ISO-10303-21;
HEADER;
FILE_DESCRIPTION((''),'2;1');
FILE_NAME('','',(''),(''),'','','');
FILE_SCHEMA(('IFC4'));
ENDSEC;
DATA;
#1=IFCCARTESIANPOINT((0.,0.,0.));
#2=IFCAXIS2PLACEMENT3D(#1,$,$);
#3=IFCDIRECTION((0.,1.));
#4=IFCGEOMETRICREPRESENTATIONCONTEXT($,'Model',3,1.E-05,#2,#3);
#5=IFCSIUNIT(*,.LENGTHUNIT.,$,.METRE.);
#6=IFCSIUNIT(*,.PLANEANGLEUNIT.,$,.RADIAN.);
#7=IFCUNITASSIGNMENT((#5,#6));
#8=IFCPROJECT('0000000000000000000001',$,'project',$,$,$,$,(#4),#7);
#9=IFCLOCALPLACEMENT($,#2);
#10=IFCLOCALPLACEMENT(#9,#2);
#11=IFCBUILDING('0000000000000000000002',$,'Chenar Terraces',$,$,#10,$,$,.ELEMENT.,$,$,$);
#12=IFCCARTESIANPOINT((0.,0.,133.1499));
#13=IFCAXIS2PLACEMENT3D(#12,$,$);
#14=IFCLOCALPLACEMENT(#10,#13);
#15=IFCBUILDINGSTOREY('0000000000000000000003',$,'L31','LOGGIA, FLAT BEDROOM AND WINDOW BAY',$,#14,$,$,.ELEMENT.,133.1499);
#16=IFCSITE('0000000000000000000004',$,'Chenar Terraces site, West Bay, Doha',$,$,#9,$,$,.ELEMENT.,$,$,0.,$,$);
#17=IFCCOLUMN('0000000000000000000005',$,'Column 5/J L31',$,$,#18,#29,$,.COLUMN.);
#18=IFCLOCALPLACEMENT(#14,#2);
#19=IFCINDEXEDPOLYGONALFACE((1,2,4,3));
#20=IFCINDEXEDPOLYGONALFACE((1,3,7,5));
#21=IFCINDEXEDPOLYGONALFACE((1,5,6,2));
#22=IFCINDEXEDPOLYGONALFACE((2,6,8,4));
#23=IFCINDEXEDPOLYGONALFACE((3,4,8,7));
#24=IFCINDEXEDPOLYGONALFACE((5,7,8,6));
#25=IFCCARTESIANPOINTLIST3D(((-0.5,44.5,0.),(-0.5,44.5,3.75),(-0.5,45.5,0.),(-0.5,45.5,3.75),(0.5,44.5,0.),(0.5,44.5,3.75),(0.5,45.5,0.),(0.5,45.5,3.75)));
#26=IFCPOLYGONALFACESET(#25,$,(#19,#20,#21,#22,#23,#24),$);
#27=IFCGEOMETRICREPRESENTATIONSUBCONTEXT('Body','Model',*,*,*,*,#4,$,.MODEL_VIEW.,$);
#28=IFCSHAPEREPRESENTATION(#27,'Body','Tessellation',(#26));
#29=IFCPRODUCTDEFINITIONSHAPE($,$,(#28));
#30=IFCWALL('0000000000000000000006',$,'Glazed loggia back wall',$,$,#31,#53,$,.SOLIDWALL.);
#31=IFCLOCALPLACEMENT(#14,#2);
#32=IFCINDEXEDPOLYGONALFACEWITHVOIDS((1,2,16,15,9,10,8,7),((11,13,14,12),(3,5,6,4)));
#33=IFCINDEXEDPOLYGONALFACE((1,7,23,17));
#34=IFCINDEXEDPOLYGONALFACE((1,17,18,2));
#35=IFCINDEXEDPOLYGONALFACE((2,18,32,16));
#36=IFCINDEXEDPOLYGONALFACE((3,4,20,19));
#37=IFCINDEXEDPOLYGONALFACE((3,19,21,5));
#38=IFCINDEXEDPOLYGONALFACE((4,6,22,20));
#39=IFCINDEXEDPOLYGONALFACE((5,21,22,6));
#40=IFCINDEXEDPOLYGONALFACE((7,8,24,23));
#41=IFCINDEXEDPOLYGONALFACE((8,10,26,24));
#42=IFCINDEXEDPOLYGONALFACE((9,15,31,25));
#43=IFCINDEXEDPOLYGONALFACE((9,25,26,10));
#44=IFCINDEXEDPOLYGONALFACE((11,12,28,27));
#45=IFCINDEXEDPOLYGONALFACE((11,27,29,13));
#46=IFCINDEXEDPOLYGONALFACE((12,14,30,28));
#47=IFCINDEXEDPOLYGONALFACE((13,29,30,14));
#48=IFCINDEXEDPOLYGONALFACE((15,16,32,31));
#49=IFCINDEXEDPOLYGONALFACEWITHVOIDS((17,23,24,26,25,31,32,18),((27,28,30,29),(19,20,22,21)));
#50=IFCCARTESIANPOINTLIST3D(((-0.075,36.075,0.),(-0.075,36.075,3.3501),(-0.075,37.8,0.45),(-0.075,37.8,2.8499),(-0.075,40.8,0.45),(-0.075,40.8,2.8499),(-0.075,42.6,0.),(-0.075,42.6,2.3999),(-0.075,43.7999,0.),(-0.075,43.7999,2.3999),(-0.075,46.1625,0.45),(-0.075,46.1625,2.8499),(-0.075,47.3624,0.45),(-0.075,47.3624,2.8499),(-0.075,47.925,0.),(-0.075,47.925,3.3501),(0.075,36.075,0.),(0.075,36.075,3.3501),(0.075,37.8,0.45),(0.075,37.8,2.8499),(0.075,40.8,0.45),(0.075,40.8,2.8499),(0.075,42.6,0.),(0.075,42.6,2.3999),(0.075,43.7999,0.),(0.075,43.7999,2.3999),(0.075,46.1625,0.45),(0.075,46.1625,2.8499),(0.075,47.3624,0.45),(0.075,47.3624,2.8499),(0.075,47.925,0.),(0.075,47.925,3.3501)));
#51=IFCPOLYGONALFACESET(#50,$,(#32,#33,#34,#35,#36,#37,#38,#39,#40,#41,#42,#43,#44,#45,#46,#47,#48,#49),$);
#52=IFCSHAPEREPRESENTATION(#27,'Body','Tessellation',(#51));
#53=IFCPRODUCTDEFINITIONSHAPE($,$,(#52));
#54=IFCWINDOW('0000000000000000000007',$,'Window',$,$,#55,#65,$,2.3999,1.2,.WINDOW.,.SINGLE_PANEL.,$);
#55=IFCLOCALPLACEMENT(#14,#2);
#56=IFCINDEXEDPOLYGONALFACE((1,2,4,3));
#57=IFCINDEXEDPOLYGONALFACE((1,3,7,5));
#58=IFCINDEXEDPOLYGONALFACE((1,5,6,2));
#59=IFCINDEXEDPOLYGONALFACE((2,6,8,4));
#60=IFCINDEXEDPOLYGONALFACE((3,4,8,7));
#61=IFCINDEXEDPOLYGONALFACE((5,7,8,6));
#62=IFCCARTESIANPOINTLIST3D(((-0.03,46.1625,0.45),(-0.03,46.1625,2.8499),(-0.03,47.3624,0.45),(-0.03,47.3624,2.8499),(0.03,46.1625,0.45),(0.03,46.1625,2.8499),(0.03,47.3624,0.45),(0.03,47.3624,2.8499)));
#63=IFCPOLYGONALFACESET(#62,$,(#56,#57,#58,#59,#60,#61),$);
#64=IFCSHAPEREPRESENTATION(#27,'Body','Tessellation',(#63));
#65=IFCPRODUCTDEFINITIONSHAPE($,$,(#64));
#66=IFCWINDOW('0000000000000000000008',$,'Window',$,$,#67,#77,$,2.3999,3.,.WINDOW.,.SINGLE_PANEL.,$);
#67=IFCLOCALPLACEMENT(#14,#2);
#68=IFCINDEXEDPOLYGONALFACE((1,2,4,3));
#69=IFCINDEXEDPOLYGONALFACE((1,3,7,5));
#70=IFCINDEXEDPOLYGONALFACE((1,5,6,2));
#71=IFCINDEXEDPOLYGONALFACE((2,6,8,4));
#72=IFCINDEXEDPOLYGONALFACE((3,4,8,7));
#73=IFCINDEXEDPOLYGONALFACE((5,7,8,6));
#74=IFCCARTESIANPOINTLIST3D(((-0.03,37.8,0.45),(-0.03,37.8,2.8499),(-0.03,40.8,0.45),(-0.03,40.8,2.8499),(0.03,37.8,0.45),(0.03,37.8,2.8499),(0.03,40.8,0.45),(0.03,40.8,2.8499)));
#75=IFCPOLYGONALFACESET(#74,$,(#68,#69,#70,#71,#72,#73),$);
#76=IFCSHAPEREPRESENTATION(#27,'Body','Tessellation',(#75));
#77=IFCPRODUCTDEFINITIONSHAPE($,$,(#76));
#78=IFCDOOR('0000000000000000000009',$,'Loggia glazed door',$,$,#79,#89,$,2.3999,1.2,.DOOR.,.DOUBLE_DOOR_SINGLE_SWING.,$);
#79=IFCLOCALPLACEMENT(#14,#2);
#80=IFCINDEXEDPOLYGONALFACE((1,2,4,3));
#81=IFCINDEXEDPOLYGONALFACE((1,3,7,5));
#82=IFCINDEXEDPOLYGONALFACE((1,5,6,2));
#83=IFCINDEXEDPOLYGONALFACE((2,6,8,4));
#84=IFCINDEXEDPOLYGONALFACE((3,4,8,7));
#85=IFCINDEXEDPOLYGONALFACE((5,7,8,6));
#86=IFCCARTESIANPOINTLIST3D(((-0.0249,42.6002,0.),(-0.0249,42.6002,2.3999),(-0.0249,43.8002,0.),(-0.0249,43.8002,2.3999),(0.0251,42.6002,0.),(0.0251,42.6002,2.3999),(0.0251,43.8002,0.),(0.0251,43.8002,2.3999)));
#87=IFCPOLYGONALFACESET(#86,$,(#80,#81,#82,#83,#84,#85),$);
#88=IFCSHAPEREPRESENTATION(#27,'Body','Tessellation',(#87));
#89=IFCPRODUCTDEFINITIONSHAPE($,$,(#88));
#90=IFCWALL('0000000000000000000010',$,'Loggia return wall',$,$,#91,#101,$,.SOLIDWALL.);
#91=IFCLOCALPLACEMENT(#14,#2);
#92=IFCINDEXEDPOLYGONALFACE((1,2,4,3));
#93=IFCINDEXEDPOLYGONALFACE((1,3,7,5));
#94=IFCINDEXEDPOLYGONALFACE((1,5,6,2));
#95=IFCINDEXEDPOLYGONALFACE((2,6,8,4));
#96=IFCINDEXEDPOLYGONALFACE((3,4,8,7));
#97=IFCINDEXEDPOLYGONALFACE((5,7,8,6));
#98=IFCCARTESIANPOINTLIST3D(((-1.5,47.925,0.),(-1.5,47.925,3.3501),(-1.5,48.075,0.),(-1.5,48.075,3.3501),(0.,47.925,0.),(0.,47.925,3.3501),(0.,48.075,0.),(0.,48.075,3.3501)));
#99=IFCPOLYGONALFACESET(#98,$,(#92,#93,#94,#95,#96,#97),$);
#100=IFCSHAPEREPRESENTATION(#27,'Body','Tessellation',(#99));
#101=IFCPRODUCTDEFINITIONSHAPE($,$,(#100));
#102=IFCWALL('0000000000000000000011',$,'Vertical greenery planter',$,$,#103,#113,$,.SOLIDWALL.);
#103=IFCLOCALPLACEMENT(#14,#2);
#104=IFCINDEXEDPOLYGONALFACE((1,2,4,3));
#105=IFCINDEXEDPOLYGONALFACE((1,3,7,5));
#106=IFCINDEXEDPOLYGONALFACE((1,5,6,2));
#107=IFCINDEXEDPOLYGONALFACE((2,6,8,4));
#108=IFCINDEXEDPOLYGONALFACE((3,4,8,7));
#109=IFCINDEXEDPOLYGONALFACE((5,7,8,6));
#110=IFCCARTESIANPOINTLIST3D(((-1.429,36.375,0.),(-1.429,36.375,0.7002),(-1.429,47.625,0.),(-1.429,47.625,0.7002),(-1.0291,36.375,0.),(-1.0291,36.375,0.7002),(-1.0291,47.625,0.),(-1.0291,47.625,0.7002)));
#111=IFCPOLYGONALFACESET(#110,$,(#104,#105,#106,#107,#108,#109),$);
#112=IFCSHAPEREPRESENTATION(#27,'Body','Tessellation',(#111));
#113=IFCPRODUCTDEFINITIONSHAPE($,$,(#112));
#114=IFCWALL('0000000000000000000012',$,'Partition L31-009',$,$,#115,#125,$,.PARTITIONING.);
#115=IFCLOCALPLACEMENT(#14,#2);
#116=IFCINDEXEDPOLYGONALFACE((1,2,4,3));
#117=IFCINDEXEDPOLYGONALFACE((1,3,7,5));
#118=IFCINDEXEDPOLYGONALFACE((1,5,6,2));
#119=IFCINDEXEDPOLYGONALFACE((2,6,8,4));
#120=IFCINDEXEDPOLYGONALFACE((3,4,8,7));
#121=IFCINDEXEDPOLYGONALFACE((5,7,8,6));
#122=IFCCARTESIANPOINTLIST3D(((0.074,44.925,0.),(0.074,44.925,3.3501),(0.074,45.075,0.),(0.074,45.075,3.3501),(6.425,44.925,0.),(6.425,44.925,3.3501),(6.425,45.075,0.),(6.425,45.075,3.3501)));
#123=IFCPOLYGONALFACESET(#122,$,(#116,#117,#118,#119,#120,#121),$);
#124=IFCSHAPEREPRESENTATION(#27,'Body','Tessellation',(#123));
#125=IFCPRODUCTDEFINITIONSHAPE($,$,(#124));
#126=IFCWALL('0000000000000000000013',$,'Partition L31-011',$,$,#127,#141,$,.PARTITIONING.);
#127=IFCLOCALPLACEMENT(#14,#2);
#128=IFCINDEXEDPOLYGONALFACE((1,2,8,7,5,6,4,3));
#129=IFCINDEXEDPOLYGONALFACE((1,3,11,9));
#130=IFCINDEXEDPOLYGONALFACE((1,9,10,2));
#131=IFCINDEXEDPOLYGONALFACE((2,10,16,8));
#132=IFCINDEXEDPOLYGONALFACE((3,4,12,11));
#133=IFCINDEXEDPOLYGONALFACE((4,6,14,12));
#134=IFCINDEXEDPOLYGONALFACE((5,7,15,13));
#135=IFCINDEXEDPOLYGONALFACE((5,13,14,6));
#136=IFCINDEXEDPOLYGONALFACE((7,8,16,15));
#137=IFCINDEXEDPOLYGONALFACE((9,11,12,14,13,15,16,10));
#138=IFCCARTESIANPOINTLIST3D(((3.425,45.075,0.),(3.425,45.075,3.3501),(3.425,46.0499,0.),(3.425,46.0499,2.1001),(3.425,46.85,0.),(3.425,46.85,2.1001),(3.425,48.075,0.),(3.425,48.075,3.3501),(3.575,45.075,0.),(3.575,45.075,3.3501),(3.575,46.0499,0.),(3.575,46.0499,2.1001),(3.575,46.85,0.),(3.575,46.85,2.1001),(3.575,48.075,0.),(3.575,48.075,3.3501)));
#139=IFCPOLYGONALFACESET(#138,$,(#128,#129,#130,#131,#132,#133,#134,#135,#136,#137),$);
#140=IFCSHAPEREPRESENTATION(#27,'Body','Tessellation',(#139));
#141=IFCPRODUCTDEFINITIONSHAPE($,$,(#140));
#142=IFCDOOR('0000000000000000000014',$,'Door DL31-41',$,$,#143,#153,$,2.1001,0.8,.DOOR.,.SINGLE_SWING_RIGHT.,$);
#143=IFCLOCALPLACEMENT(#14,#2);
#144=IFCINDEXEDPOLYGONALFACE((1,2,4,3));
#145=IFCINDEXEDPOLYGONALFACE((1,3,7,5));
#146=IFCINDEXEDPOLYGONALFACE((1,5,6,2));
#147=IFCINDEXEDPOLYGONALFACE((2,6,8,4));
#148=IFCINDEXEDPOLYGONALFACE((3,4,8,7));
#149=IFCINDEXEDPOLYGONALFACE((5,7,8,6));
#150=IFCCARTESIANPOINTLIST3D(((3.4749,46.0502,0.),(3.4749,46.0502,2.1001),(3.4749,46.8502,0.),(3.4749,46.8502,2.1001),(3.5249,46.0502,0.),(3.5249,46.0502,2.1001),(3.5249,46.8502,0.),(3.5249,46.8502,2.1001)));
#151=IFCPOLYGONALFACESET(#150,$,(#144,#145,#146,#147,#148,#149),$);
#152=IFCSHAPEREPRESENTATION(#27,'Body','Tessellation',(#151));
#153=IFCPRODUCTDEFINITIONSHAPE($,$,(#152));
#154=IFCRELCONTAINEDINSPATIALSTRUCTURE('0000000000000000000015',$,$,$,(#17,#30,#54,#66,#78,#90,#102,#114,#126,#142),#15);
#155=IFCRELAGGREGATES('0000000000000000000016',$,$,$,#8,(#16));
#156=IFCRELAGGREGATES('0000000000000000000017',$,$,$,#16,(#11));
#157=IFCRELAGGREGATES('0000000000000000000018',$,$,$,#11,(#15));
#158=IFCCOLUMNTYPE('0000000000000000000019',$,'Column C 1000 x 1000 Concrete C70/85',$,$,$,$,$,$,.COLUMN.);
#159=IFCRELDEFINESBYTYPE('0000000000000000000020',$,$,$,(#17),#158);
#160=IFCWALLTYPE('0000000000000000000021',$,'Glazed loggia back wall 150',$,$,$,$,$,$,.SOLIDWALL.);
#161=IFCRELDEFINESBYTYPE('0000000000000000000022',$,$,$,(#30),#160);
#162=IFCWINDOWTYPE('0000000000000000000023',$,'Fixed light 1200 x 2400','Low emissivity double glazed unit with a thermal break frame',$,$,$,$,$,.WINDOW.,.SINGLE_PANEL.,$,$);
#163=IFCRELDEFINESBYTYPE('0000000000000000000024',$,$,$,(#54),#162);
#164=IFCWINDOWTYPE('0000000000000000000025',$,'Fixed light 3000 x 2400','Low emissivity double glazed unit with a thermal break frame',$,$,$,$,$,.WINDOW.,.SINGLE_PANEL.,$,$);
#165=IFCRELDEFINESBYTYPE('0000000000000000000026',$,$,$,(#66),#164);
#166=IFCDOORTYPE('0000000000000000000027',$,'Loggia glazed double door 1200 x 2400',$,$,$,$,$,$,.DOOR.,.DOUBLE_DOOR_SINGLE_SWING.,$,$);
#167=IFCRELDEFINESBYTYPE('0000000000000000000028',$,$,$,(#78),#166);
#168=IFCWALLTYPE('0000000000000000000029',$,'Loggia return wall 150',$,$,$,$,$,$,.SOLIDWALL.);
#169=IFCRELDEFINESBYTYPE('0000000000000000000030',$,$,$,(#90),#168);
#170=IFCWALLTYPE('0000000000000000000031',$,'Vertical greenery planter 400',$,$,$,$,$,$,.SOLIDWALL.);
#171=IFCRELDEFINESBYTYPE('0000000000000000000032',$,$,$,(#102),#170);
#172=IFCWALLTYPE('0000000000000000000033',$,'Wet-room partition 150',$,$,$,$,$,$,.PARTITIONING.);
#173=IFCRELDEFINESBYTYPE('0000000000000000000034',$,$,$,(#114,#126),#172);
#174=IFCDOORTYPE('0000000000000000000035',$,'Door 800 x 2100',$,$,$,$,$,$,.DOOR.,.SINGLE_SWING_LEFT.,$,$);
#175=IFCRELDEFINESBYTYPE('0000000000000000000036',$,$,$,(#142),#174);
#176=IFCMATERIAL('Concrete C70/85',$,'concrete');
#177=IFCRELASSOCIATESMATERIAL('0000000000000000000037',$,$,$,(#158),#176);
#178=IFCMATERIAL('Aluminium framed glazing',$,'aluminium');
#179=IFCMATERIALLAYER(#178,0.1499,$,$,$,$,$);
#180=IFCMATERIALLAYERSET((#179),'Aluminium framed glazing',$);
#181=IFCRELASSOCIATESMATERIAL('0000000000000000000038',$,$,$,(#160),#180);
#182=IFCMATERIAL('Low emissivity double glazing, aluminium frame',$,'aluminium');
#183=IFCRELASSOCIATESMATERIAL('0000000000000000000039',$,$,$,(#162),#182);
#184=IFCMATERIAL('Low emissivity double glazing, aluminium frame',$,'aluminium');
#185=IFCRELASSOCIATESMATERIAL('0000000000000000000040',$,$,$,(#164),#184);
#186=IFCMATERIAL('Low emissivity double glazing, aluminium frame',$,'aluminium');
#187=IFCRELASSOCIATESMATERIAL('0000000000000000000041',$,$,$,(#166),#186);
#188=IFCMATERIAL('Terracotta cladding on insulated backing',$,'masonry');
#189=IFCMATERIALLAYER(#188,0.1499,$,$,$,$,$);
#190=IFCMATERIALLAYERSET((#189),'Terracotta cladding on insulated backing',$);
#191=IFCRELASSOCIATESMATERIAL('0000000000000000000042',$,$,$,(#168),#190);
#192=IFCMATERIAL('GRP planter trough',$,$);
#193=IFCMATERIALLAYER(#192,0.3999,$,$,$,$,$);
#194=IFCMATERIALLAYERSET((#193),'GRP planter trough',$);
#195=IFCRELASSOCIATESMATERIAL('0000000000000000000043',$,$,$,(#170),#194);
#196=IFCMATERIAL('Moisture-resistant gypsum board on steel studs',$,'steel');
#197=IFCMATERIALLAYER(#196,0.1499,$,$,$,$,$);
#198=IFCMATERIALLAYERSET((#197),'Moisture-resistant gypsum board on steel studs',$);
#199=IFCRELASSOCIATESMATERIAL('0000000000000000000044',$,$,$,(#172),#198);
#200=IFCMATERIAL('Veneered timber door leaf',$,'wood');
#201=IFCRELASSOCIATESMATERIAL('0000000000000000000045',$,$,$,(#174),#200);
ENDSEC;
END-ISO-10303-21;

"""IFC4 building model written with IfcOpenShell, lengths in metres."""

from ifc_helpers import new_model, si_unit, direction, frame, frame_2d, origin, origin_2d, place, context, subcontext, project, spatial, rectangle, extrude, material, layer, layer_set, material_profile, profile_set, type_object, element, fill, save


model = new_model("IFC4")

# Units and contexts
model_context = context("Model", 3, precision=1e-05, world=origin(), true_north=direction((0.0, 1.0)))
body_context = subcontext(model_context, "Body", "Model", "MODEL_VIEW")
ifc_project = project(units=[si_unit("LENGTHUNIT", "METRE"), si_unit("PLANEANGLEUNIT", "RADIAN")], contexts=[model_context])

# Site, building, storey
site_placement = place(None, origin())
site = spatial("IfcSite", under=ifc_project, at=site_placement, Name="Chenar Terraces site, West Bay, Doha", CompositionType="ELEMENT", RefElevation=0.0)
building_placement = place(site_placement, origin())
building = spatial("IfcBuilding", under=site, at=building_placement, Name="Chenar Terraces", CompositionType="ELEMENT")
storey_placement = place(building_placement, frame((0.0, 0.0, 133.1499)))
storey = spatial("IfcBuildingStorey", under=building, at=storey_placement, Name="L31", Description="LOGGIA, FLAT BEDROOM AND WINDOW BAY", CompositionType="ELEMENT", Elevation=133.1499)

# Column
ifc_material_1 = material(Name="Concrete C70/85", Category="concrete")
ifc_material_profile = material_profile(ifc_material_1, rectangle(XDim=1.0, YDim=1.0, at=origin_2d()), Name="C 1000 x 1000")
ifc_profile_set = profile_set([ifc_material_profile], Name="Concrete C70/85")
column_type = type_object("IfcColumnType", Name="Column C 1000 x 1000 Concrete C70/85", PredefinedType="COLUMN", material=ifc_profile_set)
column_placement = place(storey_placement, frame((0.0, 45.0, 0.0), z_axis=(0.0, 0.0, 1.0), x_axis=(1.0, 0.0, 0.0)))
element("IfcColumn", 1, at=column_placement, inside=storey, type_object=column_type, Name="Column 5/J L31", PredefinedType="COLUMN", context=body_context, shape_type="SweptSolid", body=[
    extrude(rectangle(XDim=1.0, YDim=1.0, at=origin_2d()), origin(), (0.0, 0.0, 1.0), 3.75),
])

# Wall, openings, windows, door
ifc_material_2 = material(Name="Aluminium framed glazing", Category="aluminium")
ifc_layer_1 = layer(ifc_material_2, 0.1499)
ifc_layer_set_1 = layer_set([ifc_layer_1], Name="Aluminium framed glazing")
wall_type_1 = type_object("IfcWallType", Name="Glazed loggia back wall 150", PredefinedType="SOLIDWALL", material=ifc_layer_set_1)
wall_1_placement = place(storey_placement, frame((0.0, 47.925, 0.0), z_axis=(0.0, 0.0, 1.0), x_axis=(0.0, -1.0, 0.0)))
wall_1 = element("IfcWall", 2, at=wall_1_placement, inside=storey, type_object=wall_type_1, Name="Glazed loggia back wall", PredefinedType="SOLIDWALL", context=body_context, shape_type="SweptSolid", body=[
    extrude(rectangle(XDim=11.8501, YDim=0.1499, at=frame_2d((5.925, 0.0))), origin(), (0.0, 0.0, 1.0), 3.3501),
])
opening_1_placement = place(wall_1_placement, frame((0.5625, 0.0, 0.45)))
opening_1 = element("IfcOpeningElement", 3, at=opening_1_placement, cuts=wall_1, PredefinedType="OPENING", context=body_context, shape_type="SweptSolid", body=[
    extrude(rectangle(XDim=1.2, YDim=2.3999, at=frame_2d((0.6001, 1.2))), frame((0.0, 0.085, 0.0), z_axis=(0.0, -1.0, 0.0), x_axis=(1.0, 0.0, 0.0)), (0.0, 0.0, 1.0), 0.1699),
])
opening_2_placement = place(wall_1_placement, frame((4.125, 0.0, 0.0)))
opening_2 = element("IfcOpeningElement", 4, at=opening_2_placement, cuts=wall_1, PredefinedType="OPENING", context=body_context, shape_type="SweptSolid", body=[
    extrude(rectangle(XDim=1.2, YDim=2.3999, at=frame_2d((0.6001, 1.2))), frame((0.0, 0.085, 0.0), z_axis=(0.0, -1.0, 0.0), x_axis=(1.0, 0.0, 0.0)), (0.0, 0.0, 1.0), 0.1699),
])
opening_3_placement = place(wall_1_placement, frame((7.125, 0.0, 0.45)))
opening_3 = element("IfcOpeningElement", 5, at=opening_3_placement, cuts=wall_1, PredefinedType="OPENING", context=body_context, shape_type="SweptSolid", body=[
    extrude(rectangle(XDim=3.0, YDim=2.3999, at=frame_2d((1.5, 1.2))), frame((0.0, 0.085, 0.0), z_axis=(0.0, -1.0, 0.0), x_axis=(1.0, 0.0, 0.0)), (0.0, 0.0, 1.0), 0.1699),
])
ifc_material_3 = material(Name="Low emissivity double glazing, aluminium frame", Category="aluminium")
window_type_1 = type_object("IfcWindowType", Name="Fixed light 1200 x 2400", Description="Low emissivity double glazed unit with a thermal break frame", PartitioningType="SINGLE_PANEL", PredefinedType="WINDOW", material=ifc_material_3)
window_1_placement = place(opening_1_placement, origin())
window_1 = element("IfcWindow", 6, at=window_1_placement, inside=storey, type_object=window_type_1, Name="Window", OverallHeight=2.3999, OverallWidth=1.2, PartitioningType="SINGLE_PANEL", PredefinedType="WINDOW", context=body_context, shape_type="SweptSolid", body=[
    extrude(rectangle(XDim=1.2, YDim=2.3999, at=frame_2d((0.6001, 1.2))), frame((0.0, 0.03, 0.0), z_axis=(0.0, -1.0, 0.0), x_axis=(1.0, 0.0, 0.0)), (0.0, 0.0, 1.0), 0.0601),
])
fill(opening_1, window_1)
ifc_material_4 = material(Name="Low emissivity double glazing, aluminium frame", Category="aluminium")
window_type_2 = type_object("IfcWindowType", Name="Fixed light 3000 x 2400", Description="Low emissivity double glazed unit with a thermal break frame", PartitioningType="SINGLE_PANEL", PredefinedType="WINDOW", material=ifc_material_4)
window_2_placement = place(opening_3_placement, origin())
window_2 = element("IfcWindow", 7, at=window_2_placement, inside=storey, type_object=window_type_2, Name="Window", OverallHeight=2.3999, OverallWidth=3.0, PartitioningType="SINGLE_PANEL", PredefinedType="WINDOW", context=body_context, shape_type="SweptSolid", body=[
    extrude(rectangle(XDim=3.0, YDim=2.3999, at=frame_2d((1.5, 1.2))), frame((0.0, 0.03, 0.0), z_axis=(0.0, -1.0, 0.0), x_axis=(1.0, 0.0, 0.0)), (0.0, 0.0, 1.0), 0.0601),
])
fill(opening_3, window_2)
ifc_material_5 = material(Name="Low emissivity double glazing, aluminium frame", Category="aluminium")
door_type_1 = type_object("IfcDoorType", Name="Loggia glazed double door 1200 x 2400", OperationType="DOUBLE_DOOR_SINGLE_SWING", PredefinedType="DOOR", material=ifc_material_5)
door_1_placement = place(opening_2_placement, frame((1.2, 0.0, 0.0), z_axis=(0.0, 0.0, 1.0), x_axis=(-1.0, 0.0, 0.0)))
door_1 = element("IfcDoor", 8, at=door_1_placement, inside=storey, type_object=door_type_1, Name="Loggia glazed door", OperationType="DOUBLE_DOOR_SINGLE_SWING", OverallHeight=2.3999, OverallWidth=1.2, PredefinedType="DOOR", context=body_context, shape_type="SweptSolid", body=[
    extrude(rectangle(XDim=1.2, YDim=2.3999, at=frame_2d((0.6001, 1.2))), frame((0.0, 0.0249, 0.0), z_axis=(0.0, -1.0, 0.0), x_axis=(1.0, 0.0, 0.0)), (0.0, 0.0, 1.0), 0.05),
])
fill(opening_2, door_1)

# Walls
ifc_material_6 = material(Name="Terracotta cladding on insulated backing", Category="masonry")
ifc_layer_2 = layer(ifc_material_6, 0.1499)
ifc_layer_set_2 = layer_set([ifc_layer_2], Name="Terracotta cladding on insulated backing")
wall_type_2 = type_object("IfcWallType", Name="Loggia return wall 150", PredefinedType="SOLIDWALL", material=ifc_layer_set_2)
wall_2_placement = place(storey_placement, frame((-1.5, 48.0, 0.0), z_axis=(0.0, 0.0, 1.0), x_axis=(1.0, 0.0, 0.0)))
element("IfcWall", 9, at=wall_2_placement, inside=storey, type_object=wall_type_2, Name="Loggia return wall", PredefinedType="SOLIDWALL", context=body_context, shape_type="SweptSolid", body=[
    extrude(rectangle(XDim=1.5, YDim=0.1499, at=frame_2d((0.75, 0.0))), origin(), (0.0, 0.0, 1.0), 3.3501),
])
ifc_material_7 = material(Name="GRP planter trough")
ifc_layer_3 = layer(ifc_material_7, 0.3999)
ifc_layer_set_3 = layer_set([ifc_layer_3], Name="GRP planter trough")
wall_type_3 = type_object("IfcWallType", Name="Vertical greenery planter 400", PredefinedType="SOLIDWALL", material=ifc_layer_set_3)
wall_3_placement = place(storey_placement, frame((-1.229, 47.625, 0.0), z_axis=(0.0, 0.0, 1.0), x_axis=(0.0, -1.0, 0.0)))
element("IfcWall", 10, at=wall_3_placement, inside=storey, type_object=wall_type_3, Name="Vertical greenery planter", PredefinedType="SOLIDWALL", context=body_context, shape_type="SweptSolid", body=[
    extrude(rectangle(XDim=11.25, YDim=0.3999, at=frame_2d((5.625, 0.0))), origin(), (0.0, 0.0, 1.0), 0.7002),
])
ifc_material_8 = material(Name="Moisture-resistant gypsum board on steel studs", Category="steel")
ifc_layer_4 = layer(ifc_material_8, 0.1499)
ifc_layer_set_4 = layer_set([ifc_layer_4], Name="Moisture-resistant gypsum board on steel studs")
wall_type_4 = type_object("IfcWallType", Name="Wet-room partition 150", PredefinedType="PARTITIONING", material=ifc_layer_set_4)
wall_4_placement = place(storey_placement, frame((0.074, 45.0, 0.0), z_axis=(0.0, 0.0, 1.0), x_axis=(1.0, 0.0, 0.0)))
element("IfcWall", 11, at=wall_4_placement, inside=storey, type_object=wall_type_4, Name="Partition L31-009", PredefinedType="PARTITIONING", context=body_context, shape_type="SweptSolid", body=[
    extrude(rectangle(XDim=6.3511, YDim=0.1499, at=frame_2d((3.1755, 0.0))), origin(), (0.0, 0.0, 1.0), 3.3501),
])

# Wall, opening, door
wall_5_placement = place(storey_placement, frame((3.5, 45.075, 0.0), z_axis=(0.0, 0.0, 1.0), x_axis=(0.0, 1.0, 0.0)))
wall_5 = element("IfcWall", 12, at=wall_5_placement, inside=storey, type_object=wall_type_4, Name="Partition L31-011", PredefinedType="PARTITIONING", context=body_context, shape_type="SweptSolid", body=[
    extrude(rectangle(XDim=3.0, YDim=0.1499, at=frame_2d((1.5, 0.0))), origin(), (0.0, 0.0, 1.0), 3.3501),
])
opening_4_placement = place(wall_5_placement, frame((0.9751, 0.0, 0.0)))
opening_4 = element("IfcOpeningElement", 13, at=opening_4_placement, cuts=wall_5, PredefinedType="OPENING", context=body_context, shape_type="SweptSolid", body=[
    extrude(rectangle(XDim=0.8, YDim=2.1001, at=frame_2d((0.3999, 1.05))), frame((0.0, 0.085, 0.0), z_axis=(0.0, -1.0, 0.0), x_axis=(1.0, 0.0, 0.0)), (0.0, 0.0, 1.0), 0.1699),
])
ifc_material_9 = material(Name="Veneered timber door leaf", Category="wood")
door_type_2 = type_object("IfcDoorType", Name="Door 800 x 2100", OperationType="SINGLE_SWING_LEFT", PredefinedType="DOOR", material=ifc_material_9)
door_2_placement = place(opening_4_placement, frame((0.8, 0.0, 0.0), z_axis=(0.0, 0.0, 1.0), x_axis=(-1.0, 0.0, 0.0)))
door_2 = element("IfcDoor", 14, at=door_2_placement, inside=storey, type_object=door_type_2, Name="Door DL31-41", OperationType="SINGLE_SWING_RIGHT", OverallHeight=2.1001, OverallWidth=0.8, PredefinedType="DOOR", context=body_context, shape_type="SweptSolid", body=[
    extrude(rectangle(XDim=0.8, YDim=2.1001, at=frame_2d((0.3999, 1.05))), frame((0.0, 0.0249, 0.0), z_axis=(0.0, -1.0, 0.0), x_axis=(1.0, 0.0, 0.0)), (0.0, 0.0, 1.0), 0.05),
])
fill(opening_4, door_2)

save(model, "model.ifc")
